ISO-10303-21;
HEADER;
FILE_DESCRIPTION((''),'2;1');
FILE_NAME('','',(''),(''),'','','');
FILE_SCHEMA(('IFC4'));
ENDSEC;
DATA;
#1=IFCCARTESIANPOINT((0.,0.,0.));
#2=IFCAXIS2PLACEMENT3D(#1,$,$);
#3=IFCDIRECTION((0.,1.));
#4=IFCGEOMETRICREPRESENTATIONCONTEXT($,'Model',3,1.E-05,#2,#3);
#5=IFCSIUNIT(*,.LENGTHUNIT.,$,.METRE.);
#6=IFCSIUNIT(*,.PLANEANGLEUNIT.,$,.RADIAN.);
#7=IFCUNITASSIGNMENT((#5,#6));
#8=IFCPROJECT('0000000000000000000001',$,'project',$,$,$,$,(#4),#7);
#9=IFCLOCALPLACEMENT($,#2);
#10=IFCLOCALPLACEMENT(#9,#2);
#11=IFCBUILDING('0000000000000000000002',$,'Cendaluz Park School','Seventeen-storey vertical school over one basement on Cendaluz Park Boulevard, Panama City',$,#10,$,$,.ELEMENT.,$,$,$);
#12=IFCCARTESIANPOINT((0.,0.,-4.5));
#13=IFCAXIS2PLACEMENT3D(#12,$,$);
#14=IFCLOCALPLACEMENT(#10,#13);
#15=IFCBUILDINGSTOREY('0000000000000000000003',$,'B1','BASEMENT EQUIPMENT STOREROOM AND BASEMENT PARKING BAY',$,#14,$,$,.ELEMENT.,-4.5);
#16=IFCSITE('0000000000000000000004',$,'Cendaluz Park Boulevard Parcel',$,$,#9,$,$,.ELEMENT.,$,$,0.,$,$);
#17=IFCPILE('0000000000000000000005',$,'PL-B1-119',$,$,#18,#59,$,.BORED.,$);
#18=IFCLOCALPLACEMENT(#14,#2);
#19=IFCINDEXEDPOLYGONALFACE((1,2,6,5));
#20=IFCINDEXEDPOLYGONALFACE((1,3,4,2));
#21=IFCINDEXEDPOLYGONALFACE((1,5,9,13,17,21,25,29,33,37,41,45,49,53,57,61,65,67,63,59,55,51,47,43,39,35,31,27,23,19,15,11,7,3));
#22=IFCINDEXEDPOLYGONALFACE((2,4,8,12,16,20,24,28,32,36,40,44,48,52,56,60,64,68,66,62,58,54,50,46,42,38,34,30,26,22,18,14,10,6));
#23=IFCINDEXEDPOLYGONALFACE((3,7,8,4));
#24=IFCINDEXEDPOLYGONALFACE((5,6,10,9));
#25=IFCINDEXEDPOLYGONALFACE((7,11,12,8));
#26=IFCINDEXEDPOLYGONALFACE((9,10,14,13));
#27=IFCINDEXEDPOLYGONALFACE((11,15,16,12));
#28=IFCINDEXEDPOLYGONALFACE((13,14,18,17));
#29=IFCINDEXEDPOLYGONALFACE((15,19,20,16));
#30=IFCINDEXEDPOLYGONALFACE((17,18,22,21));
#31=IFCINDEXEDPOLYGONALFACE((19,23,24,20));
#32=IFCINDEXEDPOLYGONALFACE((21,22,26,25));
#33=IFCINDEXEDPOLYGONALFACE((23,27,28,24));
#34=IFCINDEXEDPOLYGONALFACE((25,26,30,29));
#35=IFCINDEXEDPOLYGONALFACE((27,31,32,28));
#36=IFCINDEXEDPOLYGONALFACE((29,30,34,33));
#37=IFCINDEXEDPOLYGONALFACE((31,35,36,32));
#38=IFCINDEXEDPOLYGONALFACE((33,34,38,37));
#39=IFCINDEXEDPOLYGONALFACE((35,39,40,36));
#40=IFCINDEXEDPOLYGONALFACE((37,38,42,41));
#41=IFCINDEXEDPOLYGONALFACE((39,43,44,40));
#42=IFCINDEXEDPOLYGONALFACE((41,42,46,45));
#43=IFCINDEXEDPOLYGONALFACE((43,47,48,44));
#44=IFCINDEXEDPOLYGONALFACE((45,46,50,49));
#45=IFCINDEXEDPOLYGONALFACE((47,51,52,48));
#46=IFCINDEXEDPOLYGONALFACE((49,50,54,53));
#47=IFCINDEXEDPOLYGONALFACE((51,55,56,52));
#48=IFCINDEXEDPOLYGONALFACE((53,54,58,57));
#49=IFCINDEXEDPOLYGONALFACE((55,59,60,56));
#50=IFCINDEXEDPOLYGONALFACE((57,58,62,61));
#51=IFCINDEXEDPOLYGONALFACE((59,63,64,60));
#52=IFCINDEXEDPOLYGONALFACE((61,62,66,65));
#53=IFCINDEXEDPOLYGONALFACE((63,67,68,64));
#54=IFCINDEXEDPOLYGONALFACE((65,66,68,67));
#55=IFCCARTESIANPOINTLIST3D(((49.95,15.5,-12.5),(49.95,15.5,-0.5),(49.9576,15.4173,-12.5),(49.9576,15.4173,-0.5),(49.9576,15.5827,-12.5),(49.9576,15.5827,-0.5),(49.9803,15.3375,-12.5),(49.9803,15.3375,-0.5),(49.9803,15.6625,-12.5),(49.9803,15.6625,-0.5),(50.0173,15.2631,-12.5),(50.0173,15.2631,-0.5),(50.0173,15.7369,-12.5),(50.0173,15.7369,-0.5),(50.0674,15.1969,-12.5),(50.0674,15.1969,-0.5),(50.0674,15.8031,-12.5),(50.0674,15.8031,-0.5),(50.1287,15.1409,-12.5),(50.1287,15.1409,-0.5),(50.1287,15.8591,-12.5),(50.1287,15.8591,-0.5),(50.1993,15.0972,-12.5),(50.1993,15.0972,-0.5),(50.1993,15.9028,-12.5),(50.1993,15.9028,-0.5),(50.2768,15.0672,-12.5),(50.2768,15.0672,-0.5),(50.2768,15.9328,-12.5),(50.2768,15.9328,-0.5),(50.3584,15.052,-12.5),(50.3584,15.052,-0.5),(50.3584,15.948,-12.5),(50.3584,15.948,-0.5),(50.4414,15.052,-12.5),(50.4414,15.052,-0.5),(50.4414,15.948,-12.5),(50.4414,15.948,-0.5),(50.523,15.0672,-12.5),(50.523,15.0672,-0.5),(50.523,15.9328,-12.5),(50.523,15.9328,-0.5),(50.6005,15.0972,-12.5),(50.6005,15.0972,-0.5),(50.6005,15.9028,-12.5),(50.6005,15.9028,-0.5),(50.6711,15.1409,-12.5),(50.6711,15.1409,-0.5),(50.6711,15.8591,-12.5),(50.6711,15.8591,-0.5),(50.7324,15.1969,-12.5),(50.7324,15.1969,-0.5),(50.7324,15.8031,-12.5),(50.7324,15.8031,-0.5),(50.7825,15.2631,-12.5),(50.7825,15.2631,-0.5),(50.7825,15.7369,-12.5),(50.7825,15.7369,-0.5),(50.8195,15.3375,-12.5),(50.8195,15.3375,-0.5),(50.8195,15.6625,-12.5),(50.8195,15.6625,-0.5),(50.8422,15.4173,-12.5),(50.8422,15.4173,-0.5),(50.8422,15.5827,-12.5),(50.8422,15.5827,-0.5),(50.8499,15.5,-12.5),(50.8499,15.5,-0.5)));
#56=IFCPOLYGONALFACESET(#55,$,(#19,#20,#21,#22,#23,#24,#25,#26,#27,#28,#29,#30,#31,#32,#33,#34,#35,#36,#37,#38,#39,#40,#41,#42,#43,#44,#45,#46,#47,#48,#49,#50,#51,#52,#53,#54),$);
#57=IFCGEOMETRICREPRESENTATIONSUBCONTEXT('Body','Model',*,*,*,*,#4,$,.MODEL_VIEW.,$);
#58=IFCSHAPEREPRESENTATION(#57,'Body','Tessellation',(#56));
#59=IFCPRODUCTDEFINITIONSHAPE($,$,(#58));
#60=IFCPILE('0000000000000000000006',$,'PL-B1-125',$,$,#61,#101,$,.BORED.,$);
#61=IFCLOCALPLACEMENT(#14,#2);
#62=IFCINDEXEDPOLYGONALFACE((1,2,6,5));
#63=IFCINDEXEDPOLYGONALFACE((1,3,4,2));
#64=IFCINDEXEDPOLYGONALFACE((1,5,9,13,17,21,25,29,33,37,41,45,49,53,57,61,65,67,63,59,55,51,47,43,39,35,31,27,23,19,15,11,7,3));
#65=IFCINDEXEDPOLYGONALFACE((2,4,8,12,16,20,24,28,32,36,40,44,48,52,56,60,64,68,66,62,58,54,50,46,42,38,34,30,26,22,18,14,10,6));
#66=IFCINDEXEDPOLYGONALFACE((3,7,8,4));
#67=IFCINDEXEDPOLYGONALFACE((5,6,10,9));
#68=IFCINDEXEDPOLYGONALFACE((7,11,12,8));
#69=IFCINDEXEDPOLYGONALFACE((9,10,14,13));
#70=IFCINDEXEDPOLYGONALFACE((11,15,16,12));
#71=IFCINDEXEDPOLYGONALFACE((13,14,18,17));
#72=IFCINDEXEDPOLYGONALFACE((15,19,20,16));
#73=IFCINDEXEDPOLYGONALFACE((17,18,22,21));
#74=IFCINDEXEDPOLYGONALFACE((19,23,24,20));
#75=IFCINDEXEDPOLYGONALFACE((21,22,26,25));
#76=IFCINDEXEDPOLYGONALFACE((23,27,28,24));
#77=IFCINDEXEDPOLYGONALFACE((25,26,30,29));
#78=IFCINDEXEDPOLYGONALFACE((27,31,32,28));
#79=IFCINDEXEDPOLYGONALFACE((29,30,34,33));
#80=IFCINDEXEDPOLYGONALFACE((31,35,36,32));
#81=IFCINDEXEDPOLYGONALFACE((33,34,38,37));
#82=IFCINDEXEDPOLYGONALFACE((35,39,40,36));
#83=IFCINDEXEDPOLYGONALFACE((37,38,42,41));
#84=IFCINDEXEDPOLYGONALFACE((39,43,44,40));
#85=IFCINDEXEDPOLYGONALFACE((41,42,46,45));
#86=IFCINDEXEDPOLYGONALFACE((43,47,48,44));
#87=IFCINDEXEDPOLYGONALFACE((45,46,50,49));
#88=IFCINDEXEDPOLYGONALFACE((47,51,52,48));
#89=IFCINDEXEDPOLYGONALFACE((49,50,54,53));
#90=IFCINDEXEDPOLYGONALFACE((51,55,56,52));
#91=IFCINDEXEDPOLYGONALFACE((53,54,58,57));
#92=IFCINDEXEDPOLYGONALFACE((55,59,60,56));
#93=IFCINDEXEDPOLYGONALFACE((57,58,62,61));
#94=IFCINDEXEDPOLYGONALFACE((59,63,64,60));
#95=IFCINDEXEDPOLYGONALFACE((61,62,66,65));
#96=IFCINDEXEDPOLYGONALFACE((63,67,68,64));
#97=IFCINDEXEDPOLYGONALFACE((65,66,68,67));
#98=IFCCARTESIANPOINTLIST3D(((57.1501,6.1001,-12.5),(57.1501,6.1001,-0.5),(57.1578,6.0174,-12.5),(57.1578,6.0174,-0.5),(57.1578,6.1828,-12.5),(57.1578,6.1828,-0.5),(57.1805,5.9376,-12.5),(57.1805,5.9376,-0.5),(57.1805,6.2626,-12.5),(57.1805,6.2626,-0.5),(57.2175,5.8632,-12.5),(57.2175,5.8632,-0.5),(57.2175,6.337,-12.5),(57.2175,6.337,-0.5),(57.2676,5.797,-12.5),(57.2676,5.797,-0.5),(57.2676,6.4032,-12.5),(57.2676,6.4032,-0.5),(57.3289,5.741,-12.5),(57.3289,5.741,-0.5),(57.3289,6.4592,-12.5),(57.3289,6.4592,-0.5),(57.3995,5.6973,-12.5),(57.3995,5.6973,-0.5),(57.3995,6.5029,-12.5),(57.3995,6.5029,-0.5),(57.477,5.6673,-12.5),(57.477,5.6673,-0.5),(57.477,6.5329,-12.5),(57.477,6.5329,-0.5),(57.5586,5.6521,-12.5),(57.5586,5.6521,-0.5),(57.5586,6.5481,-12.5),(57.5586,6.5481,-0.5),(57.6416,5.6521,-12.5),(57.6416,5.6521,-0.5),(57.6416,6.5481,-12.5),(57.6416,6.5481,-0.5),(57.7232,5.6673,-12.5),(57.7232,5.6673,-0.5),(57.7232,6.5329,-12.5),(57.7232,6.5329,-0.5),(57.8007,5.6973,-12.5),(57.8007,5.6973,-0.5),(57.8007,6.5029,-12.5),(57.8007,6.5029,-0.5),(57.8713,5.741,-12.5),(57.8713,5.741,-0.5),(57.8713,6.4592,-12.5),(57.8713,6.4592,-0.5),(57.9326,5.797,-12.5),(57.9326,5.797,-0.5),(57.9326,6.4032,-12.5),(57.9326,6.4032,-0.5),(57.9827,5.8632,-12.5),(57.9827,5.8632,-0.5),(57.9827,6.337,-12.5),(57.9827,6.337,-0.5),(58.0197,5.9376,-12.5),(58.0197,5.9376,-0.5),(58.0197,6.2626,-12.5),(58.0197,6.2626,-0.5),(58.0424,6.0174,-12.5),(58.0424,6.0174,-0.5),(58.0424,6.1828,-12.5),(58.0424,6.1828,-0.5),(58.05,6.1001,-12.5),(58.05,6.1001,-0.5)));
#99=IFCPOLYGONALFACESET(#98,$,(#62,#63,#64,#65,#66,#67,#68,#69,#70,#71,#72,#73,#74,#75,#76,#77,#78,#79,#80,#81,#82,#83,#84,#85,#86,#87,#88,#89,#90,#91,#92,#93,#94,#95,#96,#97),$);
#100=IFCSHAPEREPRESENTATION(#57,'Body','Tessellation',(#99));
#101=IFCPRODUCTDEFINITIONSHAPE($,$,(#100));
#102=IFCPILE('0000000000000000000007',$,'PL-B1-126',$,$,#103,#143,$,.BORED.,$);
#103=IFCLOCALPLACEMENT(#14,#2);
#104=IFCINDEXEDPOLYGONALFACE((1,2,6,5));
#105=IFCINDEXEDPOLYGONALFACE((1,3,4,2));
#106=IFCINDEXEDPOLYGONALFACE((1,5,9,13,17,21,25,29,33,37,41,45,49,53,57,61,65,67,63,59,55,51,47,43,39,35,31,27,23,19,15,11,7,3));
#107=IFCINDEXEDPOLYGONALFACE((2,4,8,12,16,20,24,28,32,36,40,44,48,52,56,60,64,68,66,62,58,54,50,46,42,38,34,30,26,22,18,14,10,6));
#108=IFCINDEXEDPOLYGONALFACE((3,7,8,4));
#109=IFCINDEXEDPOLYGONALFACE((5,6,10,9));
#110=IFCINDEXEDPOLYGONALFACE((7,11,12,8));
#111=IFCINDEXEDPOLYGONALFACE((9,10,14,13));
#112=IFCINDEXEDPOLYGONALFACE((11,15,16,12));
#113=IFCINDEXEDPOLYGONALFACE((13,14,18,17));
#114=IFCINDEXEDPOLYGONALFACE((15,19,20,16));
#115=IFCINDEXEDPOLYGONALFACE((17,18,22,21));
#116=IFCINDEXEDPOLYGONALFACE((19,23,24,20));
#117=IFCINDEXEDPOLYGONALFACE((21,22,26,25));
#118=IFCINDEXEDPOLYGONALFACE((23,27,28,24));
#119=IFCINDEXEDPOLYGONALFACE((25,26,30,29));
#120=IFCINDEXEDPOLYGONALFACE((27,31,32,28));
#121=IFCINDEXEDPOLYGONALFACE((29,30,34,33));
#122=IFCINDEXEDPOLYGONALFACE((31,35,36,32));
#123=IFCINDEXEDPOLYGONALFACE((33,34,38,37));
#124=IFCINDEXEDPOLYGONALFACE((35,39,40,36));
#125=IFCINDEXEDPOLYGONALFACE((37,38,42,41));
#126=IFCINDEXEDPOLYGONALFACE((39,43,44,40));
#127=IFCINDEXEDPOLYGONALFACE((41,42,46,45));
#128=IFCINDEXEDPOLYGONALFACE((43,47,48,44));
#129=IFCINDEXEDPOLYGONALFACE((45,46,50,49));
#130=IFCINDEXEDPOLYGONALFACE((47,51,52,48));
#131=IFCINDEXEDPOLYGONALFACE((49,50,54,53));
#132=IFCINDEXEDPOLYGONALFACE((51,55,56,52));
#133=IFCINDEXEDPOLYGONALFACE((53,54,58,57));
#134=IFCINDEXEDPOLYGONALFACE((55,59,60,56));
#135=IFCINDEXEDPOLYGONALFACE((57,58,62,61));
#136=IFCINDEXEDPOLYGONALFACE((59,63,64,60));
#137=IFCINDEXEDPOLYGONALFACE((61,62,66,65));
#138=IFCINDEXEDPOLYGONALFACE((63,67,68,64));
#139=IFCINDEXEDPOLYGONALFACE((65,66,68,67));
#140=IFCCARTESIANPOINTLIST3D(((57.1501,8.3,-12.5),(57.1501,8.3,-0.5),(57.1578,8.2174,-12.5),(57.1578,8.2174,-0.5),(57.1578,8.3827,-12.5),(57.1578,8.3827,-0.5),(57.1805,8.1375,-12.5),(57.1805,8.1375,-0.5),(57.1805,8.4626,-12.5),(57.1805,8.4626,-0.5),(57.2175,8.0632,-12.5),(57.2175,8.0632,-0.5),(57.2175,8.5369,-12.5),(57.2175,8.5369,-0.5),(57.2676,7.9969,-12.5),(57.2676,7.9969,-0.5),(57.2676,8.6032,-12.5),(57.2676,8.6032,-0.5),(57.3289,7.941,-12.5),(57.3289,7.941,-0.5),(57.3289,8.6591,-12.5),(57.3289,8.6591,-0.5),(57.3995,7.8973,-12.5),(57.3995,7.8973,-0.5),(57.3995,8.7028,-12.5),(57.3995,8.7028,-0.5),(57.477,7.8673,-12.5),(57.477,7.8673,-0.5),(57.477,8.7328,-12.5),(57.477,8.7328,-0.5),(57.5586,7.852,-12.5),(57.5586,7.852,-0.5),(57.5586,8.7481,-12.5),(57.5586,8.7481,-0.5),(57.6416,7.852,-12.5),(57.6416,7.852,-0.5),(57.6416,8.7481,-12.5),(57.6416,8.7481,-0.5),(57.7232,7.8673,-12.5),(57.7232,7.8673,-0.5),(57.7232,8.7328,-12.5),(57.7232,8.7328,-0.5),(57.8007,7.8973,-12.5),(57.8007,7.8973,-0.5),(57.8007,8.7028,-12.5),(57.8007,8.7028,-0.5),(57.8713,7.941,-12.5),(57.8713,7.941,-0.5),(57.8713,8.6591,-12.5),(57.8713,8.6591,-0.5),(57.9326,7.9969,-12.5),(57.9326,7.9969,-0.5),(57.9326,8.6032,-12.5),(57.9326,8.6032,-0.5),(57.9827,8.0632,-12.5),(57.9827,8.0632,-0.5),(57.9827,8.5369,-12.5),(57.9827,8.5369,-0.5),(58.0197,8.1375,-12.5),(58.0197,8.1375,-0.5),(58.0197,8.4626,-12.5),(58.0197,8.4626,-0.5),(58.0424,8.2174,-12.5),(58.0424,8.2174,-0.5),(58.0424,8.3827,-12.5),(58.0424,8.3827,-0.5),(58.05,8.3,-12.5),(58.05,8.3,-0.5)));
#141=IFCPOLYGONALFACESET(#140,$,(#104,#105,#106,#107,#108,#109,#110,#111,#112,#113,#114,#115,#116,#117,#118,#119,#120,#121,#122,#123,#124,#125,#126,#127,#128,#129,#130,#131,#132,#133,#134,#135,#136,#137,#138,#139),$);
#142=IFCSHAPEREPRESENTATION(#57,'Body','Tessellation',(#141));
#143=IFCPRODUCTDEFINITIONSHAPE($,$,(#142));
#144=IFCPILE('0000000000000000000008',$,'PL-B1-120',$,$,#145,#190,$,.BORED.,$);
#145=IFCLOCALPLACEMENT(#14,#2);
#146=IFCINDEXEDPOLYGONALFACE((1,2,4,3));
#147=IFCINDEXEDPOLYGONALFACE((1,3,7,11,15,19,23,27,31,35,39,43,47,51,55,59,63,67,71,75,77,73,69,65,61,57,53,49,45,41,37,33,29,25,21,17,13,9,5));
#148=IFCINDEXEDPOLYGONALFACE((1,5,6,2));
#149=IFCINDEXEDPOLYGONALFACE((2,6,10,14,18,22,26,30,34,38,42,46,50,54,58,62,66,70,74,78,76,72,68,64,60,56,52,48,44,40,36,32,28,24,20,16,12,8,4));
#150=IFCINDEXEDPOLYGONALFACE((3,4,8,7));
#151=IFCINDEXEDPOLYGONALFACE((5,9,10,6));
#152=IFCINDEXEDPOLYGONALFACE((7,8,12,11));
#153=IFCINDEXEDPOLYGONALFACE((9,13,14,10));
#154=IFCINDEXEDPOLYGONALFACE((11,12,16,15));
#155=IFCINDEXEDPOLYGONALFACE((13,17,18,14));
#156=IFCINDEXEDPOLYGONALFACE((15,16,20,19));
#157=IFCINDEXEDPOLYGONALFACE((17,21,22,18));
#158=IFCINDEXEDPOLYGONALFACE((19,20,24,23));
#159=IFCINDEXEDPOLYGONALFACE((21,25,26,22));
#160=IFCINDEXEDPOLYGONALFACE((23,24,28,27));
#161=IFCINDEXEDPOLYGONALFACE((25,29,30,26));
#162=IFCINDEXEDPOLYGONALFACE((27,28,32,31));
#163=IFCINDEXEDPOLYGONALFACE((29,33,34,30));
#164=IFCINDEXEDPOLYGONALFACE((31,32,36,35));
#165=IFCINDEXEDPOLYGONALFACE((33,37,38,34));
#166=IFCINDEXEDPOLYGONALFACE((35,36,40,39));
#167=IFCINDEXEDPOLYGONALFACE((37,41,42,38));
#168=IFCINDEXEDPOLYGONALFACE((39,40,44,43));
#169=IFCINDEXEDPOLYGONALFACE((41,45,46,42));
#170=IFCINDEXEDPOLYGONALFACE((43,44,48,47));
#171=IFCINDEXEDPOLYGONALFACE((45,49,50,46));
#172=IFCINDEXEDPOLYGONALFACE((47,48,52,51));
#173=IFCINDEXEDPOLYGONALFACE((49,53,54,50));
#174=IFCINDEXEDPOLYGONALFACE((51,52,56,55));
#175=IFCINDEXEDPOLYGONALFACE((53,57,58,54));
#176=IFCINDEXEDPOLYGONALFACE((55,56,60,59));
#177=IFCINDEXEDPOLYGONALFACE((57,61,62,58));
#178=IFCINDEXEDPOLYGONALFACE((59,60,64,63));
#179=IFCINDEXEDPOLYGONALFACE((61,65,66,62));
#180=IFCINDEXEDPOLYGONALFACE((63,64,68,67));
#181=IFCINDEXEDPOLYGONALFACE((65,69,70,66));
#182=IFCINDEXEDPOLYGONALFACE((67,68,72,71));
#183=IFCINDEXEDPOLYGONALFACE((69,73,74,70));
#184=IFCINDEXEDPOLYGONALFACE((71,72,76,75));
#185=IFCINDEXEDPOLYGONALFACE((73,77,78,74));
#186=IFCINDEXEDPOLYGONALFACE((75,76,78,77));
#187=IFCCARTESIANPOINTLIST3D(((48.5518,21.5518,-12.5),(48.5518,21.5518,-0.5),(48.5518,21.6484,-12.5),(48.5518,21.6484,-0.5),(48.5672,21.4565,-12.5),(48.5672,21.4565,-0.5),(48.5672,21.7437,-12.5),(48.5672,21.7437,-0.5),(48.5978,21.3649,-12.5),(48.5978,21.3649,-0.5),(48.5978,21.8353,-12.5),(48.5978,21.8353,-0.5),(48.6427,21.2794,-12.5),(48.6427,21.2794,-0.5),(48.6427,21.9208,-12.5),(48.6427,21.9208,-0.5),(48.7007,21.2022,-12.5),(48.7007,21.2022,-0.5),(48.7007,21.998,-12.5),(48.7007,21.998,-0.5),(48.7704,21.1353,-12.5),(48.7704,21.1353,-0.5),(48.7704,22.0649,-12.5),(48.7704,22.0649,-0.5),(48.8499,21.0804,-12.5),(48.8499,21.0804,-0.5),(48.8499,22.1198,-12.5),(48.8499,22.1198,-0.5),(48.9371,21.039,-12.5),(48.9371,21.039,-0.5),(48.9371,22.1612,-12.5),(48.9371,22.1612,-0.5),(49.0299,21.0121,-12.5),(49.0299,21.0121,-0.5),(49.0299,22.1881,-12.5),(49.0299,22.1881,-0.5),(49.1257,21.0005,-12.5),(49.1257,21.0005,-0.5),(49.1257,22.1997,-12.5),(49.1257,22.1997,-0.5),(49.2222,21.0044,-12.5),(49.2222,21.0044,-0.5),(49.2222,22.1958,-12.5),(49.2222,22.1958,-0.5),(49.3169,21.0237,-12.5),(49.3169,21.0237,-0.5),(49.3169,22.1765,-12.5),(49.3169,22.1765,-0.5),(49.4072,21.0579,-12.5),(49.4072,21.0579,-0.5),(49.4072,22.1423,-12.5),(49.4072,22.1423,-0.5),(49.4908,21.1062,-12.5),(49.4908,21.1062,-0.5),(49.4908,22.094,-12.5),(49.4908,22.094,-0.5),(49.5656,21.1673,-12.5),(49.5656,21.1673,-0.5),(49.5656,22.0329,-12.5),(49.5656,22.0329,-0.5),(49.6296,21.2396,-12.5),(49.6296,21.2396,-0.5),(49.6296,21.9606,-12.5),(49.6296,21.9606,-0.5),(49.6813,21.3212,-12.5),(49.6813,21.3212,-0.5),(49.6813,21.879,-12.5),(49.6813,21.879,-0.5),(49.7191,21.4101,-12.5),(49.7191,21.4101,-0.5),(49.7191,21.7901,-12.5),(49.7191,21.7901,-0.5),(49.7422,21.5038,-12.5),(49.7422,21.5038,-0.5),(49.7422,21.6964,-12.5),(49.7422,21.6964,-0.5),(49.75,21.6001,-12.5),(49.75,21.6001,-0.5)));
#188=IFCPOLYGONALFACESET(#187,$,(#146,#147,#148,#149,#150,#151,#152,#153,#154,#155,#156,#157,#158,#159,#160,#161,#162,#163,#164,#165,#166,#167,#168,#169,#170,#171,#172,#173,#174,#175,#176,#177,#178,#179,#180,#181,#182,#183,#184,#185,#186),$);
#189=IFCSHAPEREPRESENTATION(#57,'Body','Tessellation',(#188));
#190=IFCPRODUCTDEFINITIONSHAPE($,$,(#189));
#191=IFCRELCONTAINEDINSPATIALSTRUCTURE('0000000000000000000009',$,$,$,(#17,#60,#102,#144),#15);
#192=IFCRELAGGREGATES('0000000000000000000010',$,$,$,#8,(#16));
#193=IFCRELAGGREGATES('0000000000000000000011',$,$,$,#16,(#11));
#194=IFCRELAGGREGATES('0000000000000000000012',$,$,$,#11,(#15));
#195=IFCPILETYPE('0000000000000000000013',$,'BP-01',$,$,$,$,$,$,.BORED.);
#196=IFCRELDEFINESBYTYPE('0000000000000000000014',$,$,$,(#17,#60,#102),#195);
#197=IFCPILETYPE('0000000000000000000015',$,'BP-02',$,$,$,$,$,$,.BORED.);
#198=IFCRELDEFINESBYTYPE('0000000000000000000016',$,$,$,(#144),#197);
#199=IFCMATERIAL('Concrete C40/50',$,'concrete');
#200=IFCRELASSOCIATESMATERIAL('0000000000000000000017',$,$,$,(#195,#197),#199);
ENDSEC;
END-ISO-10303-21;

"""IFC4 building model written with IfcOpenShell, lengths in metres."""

from ifc_helpers import new_model, si_unit, direction, frame, origin, origin_2d, place, context, subcontext, project, spatial, circle, extrude, material, material_profile, profile_set, type_object, element, save


model = new_model("IFC4")

# Units and contexts
model_context = context("Model", 3, precision=1e-05, world=origin(), true_north=direction((0.0, 1.0)))
body_context = subcontext(model_context, "Body", "Model", "MODEL_VIEW")
ifc_project = project(units=[si_unit("LENGTHUNIT", "METRE"), si_unit("PLANEANGLEUNIT", "RADIAN")], contexts=[model_context])

# Site, building, storey
site_placement = place(None, origin())
site = spatial("IfcSite", under=ifc_project, at=site_placement, Name="Cendaluz Park Boulevard Parcel", CompositionType="ELEMENT", RefElevation=0.0)
building_placement = place(site_placement, origin())
building = spatial("IfcBuilding", under=site, at=building_placement, Name="Cendaluz Park School", Description="Seventeen-storey vertical school over one basement on Cendaluz Park Boulevard, Panama City", CompositionType="ELEMENT")
storey_placement = place(building_placement, frame((0.0, 0.0, -4.5)))
storey = spatial("IfcBuildingStorey", under=building, at=storey_placement, Name="B1", Description="BASEMENT EQUIPMENT STOREROOM AND BASEMENT PARKING BAY", CompositionType="ELEMENT", Elevation=-4.5)

# Piles
ifc_material_1 = material(Name="Concrete C40/50", Category="concrete")
ifc_material_profile_1 = material_profile(ifc_material_1, circle(Radius=0.45, at=origin_2d()), Name="BP D900", Category="concrete")
ifc_profile_set_1 = profile_set([ifc_material_profile_1], Name="Concrete C40/50")
pile_type_1 = type_object("IfcPileType", Name="BP-01", PredefinedType="BORED", material=ifc_profile_set_1)
for number, where, z_axis, x_axis, name in (
    (1, (50.3999, 15.5, -0.5), (0.0, 0.0, -1.0), (1.0, 0.0, 0.0), "PL-B1-119"),
    (2, (57.6001, 6.1001, -0.5), (0.0, 0.0, -1.0), (1.0, 0.0, 0.0), "PL-B1-125"),
    (3, (57.6001, 8.3, -0.5), (0.0, 0.0, -1.0), (1.0, 0.0, 0.0), "PL-B1-126"),
):
    element("IfcPile", number, at=place(storey_placement, frame(where, z_axis=z_axis, x_axis=x_axis)), inside=storey, type_object=pile_type_1, Name=name, PredefinedType="BORED", context=body_context, shape_type="SweptSolid", body=[
        extrude(circle(Radius=0.45, at=origin_2d()), origin(), (0.0, 0.0, 1.0), 12.0),
    ])
ifc_material_profile_2 = material_profile(ifc_material_1, circle(Radius=0.6001, at=origin_2d()), Name="BP D1200", Category="concrete")
ifc_profile_set_2 = profile_set([ifc_material_profile_2], Name="Concrete C40/50")
pile_type_2 = type_object("IfcPileType", Name="BP-02", PredefinedType="BORED", material=ifc_profile_set_2)
for number, where, z_axis, x_axis, name in (
    (4, (49.1499, 21.6001, -0.5), (0.0, 0.0, -1.0), (1.0, 0.0, 0.0), "PL-B1-120"),
):
    element("IfcPile", number, at=place(storey_placement, frame(where, z_axis=z_axis, x_axis=x_axis)), inside=storey, type_object=pile_type_2, Name=name, PredefinedType="BORED", context=body_context, shape_type="SweptSolid", body=[
        extrude(circle(Radius=0.6001, at=origin_2d()), origin(), (0.0, 0.0, 1.0), 12.0),
    ])

save(model, "model.ifc")
